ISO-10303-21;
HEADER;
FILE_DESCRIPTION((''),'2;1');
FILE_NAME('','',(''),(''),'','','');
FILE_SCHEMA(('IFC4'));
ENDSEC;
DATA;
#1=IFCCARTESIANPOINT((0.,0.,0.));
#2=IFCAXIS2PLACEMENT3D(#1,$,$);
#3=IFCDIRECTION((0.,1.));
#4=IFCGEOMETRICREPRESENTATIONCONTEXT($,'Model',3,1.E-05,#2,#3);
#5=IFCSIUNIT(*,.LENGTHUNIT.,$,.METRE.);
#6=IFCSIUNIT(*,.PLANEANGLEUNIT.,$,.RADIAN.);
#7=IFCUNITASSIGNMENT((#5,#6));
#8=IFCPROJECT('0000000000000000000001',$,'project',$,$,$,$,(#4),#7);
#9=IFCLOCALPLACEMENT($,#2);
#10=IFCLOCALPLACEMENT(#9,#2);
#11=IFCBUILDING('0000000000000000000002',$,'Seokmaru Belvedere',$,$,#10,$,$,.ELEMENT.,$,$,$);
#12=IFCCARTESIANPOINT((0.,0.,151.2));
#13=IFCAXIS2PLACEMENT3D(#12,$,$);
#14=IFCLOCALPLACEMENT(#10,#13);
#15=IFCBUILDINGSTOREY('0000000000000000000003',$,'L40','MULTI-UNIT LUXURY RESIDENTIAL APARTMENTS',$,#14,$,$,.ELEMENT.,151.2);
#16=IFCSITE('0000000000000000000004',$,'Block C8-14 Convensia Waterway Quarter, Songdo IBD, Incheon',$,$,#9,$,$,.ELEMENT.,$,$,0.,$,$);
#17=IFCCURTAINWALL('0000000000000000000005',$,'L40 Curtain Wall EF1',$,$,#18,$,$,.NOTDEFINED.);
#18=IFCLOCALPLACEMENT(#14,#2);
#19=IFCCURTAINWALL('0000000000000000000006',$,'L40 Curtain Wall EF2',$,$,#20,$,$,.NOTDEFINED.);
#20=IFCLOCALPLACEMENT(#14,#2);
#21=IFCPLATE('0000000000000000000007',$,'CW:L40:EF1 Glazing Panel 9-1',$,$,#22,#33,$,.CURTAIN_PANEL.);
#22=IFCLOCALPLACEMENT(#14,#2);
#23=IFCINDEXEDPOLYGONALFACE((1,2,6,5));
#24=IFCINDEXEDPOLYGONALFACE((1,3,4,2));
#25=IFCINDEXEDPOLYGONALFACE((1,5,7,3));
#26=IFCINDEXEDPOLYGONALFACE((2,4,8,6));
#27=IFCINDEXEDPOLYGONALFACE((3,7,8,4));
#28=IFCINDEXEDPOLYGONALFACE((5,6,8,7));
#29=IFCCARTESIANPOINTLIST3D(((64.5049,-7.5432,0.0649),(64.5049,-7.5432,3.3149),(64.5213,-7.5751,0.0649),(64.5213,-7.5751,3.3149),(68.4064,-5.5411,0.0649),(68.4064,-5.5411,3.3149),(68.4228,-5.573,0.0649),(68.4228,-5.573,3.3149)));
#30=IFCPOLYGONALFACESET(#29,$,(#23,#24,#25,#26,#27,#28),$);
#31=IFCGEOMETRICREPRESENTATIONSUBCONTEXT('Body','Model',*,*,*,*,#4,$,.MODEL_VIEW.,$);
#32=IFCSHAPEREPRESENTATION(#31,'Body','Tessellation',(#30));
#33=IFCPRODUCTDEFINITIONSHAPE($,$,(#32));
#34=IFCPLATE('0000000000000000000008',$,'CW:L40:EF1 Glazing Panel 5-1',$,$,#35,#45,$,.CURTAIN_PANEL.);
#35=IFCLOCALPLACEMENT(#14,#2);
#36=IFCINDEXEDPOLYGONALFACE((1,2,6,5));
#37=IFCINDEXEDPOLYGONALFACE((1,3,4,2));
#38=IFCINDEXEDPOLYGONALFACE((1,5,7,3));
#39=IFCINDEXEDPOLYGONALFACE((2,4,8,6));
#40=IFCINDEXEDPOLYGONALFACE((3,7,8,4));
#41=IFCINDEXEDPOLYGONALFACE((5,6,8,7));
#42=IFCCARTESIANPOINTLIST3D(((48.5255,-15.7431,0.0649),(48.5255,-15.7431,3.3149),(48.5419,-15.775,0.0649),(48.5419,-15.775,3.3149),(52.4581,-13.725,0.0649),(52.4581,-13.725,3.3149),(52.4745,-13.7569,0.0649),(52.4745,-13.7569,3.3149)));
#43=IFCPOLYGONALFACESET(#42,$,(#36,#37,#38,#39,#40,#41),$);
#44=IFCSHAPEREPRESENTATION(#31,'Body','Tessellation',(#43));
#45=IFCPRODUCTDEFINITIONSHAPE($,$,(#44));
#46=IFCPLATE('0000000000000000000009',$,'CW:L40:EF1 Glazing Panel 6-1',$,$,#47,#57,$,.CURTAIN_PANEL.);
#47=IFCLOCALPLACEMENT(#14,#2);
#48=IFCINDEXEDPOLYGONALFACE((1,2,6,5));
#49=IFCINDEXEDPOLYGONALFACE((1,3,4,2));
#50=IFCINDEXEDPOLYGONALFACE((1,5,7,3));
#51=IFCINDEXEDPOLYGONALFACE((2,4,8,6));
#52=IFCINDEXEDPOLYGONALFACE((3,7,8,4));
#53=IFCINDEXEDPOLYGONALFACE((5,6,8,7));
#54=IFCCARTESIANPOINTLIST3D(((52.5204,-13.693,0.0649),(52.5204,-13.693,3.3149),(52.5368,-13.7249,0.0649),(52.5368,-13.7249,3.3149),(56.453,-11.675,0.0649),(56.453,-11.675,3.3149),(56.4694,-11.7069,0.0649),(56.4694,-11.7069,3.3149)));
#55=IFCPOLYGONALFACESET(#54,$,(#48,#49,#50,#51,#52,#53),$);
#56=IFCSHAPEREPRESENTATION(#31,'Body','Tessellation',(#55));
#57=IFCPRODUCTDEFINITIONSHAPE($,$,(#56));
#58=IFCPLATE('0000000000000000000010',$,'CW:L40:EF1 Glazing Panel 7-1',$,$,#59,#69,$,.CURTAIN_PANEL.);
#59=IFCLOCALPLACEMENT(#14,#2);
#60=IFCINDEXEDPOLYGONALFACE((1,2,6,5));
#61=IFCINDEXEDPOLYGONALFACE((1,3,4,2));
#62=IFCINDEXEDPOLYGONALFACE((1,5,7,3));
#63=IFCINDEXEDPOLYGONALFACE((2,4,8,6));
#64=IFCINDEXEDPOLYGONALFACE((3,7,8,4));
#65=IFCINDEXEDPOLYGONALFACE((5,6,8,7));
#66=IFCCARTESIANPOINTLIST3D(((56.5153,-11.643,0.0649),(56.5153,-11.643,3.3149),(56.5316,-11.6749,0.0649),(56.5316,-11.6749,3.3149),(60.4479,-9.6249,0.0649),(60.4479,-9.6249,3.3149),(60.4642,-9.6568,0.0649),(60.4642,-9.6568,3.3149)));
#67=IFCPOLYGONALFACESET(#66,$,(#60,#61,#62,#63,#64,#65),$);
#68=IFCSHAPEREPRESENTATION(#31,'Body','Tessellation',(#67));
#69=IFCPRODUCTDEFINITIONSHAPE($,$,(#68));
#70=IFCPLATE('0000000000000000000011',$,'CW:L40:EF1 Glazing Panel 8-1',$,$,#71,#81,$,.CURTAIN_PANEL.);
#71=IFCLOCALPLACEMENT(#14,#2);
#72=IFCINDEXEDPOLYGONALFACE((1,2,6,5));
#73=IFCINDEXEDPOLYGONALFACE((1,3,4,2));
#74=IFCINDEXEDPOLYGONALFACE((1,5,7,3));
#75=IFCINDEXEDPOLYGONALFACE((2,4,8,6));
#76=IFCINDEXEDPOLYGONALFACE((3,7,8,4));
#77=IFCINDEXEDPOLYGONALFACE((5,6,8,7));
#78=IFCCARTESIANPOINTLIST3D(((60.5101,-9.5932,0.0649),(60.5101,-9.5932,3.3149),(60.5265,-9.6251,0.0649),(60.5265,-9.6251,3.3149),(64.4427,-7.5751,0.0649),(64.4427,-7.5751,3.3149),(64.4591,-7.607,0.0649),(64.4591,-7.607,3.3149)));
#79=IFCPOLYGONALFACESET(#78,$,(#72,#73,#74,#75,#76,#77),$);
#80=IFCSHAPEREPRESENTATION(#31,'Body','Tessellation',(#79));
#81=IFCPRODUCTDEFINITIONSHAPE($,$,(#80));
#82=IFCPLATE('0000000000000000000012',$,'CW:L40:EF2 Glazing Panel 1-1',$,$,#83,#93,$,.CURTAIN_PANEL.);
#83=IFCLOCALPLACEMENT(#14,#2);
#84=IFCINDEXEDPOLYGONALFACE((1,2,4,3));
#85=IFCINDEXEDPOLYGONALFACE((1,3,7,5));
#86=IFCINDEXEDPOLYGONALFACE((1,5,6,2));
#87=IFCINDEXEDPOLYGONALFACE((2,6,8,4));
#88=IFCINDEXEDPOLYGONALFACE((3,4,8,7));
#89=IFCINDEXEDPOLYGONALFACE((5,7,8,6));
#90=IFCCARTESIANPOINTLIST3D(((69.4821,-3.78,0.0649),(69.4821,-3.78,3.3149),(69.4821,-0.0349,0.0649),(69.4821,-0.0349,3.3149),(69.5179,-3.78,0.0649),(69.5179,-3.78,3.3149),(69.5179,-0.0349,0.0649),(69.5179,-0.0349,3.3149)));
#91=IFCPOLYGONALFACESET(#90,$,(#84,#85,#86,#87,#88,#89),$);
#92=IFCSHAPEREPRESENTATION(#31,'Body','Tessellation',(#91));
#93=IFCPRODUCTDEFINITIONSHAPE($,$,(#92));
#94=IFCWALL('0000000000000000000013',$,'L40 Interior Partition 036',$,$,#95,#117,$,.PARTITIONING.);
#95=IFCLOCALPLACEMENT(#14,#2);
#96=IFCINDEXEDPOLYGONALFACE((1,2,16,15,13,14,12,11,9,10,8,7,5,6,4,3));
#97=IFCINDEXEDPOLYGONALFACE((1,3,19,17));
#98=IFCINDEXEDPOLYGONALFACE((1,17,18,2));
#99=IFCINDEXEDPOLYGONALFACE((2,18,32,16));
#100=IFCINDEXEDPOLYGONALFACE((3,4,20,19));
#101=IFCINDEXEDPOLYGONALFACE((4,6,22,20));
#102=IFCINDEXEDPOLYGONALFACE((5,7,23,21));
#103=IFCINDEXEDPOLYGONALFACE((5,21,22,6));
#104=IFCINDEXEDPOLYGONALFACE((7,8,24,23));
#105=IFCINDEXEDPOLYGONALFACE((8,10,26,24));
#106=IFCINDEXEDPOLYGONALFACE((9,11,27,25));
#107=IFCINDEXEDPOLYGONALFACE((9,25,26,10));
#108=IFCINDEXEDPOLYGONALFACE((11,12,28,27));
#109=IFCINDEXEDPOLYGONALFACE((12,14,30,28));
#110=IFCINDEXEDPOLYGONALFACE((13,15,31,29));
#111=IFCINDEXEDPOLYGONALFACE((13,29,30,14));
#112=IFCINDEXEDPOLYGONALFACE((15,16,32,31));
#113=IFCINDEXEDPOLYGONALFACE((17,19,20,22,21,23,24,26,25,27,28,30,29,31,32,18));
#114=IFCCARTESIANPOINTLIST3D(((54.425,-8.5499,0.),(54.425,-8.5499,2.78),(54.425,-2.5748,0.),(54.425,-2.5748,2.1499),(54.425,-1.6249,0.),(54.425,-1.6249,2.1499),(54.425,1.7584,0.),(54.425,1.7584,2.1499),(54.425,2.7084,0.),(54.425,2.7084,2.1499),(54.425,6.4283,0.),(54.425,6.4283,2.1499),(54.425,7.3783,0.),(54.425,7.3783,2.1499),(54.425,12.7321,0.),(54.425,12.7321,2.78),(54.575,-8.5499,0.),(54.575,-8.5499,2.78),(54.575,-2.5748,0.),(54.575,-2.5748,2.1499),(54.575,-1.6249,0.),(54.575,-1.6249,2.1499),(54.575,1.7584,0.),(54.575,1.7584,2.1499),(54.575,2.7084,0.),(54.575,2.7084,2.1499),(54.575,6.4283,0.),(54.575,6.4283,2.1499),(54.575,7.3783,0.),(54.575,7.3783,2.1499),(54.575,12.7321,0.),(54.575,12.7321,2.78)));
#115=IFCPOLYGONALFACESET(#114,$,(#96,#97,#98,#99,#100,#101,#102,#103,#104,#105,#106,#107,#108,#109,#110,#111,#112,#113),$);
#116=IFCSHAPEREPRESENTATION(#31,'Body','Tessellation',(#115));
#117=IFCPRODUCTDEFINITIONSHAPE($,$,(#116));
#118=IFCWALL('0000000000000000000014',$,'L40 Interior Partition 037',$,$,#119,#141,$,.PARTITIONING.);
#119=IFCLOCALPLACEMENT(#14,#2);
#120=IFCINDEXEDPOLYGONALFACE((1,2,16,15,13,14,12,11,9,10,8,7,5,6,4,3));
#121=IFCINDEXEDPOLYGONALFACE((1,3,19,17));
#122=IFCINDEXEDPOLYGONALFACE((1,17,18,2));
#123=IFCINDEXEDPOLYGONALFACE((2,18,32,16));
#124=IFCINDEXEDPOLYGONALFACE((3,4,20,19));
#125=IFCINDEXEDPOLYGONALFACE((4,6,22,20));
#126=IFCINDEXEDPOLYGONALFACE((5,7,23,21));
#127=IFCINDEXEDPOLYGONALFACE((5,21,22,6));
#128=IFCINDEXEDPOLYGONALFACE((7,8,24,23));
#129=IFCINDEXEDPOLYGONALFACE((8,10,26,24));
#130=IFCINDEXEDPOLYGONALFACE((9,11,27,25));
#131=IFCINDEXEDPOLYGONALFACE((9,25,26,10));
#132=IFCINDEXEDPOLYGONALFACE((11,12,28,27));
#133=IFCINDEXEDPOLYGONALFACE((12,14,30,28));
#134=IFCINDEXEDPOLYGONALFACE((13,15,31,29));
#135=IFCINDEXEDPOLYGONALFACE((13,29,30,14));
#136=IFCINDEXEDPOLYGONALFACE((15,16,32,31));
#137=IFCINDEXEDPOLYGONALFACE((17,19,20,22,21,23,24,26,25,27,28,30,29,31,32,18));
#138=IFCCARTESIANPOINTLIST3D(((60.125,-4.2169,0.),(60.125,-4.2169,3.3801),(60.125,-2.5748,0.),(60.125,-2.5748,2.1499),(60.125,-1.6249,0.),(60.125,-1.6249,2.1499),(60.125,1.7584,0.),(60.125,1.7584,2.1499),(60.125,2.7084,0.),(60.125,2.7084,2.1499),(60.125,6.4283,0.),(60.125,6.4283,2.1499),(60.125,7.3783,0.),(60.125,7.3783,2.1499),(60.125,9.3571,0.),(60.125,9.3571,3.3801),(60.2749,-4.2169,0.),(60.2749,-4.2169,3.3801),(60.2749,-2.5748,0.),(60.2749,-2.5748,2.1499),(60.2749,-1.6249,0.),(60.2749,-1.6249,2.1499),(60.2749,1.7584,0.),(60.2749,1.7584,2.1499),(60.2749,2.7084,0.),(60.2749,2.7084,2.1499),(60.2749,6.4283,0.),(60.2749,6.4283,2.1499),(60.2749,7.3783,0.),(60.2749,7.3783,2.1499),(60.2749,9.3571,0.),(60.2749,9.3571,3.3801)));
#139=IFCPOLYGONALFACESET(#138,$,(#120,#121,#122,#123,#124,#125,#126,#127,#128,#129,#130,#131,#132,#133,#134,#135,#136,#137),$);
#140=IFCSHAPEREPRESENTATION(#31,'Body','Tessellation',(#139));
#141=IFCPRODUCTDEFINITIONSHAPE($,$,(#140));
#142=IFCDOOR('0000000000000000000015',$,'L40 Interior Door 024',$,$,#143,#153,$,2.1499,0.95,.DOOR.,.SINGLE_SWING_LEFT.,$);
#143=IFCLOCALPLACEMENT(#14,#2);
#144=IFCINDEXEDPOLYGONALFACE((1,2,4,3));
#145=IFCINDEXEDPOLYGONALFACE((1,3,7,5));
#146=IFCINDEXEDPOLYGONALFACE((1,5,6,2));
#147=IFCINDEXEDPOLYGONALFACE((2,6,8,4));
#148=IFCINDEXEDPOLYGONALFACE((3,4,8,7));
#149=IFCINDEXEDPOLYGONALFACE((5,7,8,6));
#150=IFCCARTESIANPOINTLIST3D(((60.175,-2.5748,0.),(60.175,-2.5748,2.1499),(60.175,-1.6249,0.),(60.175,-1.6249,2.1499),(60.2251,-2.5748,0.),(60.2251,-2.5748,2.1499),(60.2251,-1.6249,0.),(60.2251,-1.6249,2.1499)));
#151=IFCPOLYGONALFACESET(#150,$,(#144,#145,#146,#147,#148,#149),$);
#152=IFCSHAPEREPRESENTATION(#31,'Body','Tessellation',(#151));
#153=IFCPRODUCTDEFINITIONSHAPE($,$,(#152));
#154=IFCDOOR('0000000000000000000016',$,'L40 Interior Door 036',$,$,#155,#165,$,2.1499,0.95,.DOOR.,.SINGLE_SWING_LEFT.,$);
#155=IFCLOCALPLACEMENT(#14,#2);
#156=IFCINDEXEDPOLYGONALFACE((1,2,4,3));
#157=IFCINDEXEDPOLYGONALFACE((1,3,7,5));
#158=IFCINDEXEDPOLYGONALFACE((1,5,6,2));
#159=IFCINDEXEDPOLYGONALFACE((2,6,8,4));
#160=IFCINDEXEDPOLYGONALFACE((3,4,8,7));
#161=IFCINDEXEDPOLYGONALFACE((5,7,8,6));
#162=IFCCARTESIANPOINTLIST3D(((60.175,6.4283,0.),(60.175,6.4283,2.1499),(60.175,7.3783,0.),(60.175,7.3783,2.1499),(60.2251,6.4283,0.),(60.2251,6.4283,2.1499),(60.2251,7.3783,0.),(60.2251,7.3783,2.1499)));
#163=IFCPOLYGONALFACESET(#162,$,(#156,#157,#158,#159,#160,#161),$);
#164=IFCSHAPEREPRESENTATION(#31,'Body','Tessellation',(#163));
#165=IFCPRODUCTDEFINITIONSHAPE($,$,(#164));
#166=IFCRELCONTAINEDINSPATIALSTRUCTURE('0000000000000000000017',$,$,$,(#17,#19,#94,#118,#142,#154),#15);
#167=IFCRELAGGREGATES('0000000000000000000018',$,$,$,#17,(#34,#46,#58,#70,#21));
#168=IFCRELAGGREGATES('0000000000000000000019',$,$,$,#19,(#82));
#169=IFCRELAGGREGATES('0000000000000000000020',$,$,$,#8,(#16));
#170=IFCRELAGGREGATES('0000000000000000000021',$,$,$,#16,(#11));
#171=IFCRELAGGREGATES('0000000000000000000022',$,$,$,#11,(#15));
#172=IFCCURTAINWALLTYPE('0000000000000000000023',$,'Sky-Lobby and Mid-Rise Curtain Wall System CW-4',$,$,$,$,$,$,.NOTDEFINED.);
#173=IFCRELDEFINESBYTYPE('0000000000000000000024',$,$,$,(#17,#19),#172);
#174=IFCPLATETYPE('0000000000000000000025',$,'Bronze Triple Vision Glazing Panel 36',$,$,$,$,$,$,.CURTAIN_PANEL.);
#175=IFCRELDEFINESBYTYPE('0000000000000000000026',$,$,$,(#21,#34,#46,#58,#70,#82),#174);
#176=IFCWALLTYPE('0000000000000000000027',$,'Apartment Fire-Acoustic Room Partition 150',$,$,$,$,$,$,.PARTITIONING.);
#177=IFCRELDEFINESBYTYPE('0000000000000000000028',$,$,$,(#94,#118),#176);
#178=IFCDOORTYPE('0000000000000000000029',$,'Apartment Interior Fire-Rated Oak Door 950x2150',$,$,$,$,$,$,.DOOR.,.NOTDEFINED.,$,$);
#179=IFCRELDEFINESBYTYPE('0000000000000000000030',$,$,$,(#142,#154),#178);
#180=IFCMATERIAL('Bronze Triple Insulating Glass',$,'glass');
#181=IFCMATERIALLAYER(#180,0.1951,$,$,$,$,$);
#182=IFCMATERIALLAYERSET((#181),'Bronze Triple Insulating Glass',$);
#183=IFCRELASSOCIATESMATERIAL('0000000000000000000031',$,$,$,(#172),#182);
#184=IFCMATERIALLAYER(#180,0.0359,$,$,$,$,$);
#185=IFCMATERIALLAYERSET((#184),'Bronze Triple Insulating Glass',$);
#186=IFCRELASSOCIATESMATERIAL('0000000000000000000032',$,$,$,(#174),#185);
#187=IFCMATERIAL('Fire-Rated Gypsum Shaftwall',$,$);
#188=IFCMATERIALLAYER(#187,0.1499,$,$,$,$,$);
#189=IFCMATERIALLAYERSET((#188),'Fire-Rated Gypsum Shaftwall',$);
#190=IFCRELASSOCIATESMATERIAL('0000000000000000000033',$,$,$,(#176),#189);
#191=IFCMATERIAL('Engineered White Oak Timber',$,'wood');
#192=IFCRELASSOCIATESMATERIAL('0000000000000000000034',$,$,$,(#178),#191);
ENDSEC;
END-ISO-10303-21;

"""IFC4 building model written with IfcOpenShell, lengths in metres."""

from ifc_helpers import new_model, si_unit, direction, frame, frame_2d, origin, origin_2d, place, context, subcontext, project, spatial, rectangle, extrude, source, transform, mapped, material, layer, layer_set, type_object, type_shapes, element, fill, aggregate, save


model = new_model("IFC4")

# Units and contexts
model_context = context("Model", 3, precision=1e-05, world=origin(), true_north=direction((0.0, 1.0)))
body_context = subcontext(model_context, "Body", "Model", "MODEL_VIEW")
ifc_project = project(units=[si_unit("LENGTHUNIT", "METRE"), si_unit("PLANEANGLEUNIT", "RADIAN")], contexts=[model_context])

# Site, building, storey
site_placement = place(None, origin())
site = spatial("IfcSite", under=ifc_project, at=site_placement, Name="Block C8-14 Convensia Waterway Quarter, Songdo IBD, Incheon", CompositionType="ELEMENT", RefElevation=0.0)
building_placement = place(site_placement, origin())
building = spatial("IfcBuilding", under=site, at=building_placement, Name="Seokmaru Belvedere", CompositionType="ELEMENT")
storey_placement = place(building_placement, frame((0.0, 0.0, 151.2)))
storey = spatial("IfcBuildingStorey", under=building, at=storey_placement, Name="L40", Description="MULTI-UNIT LUXURY RESIDENTIAL APARTMENTS", CompositionType="ELEMENT", Elevation=151.2)

# Curtain walls
ifc_material_1 = material(Name="Bronze Triple Insulating Glass", Category="glass")
ifc_layer_1 = layer(ifc_material_1, 0.1951)
ifc_layer_set_1 = layer_set([ifc_layer_1], Name="Bronze Triple Insulating Glass")
curtain_wall_type = type_object("IfcCurtainWallType", Name="Sky-Lobby and Mid-Rise Curtain Wall System CW-4", PredefinedType="NOTDEFINED", material=ifc_layer_set_1)
curtain_wall_1_placement = place(storey_placement, origin())
curtain_wall_1 = element("IfcCurtainWall", 1, at=curtain_wall_1_placement, inside=storey, type_object=curtain_wall_type, Name="L40 Curtain Wall EF1", PredefinedType="NOTDEFINED")
curtain_wall_2_placement = place(storey_placement, origin())
curtain_wall_2 = element("IfcCurtainWall", 2, at=curtain_wall_2_placement, inside=storey, type_object=curtain_wall_type, Name="L40 Curtain Wall EF2", PredefinedType="NOTDEFINED")

# Plates
ifc_layer_2 = layer(ifc_material_1, 0.0359)
ifc_layer_set_2 = layer_set([ifc_layer_2], Name="Bronze Triple Insulating Glass")
plate_type = type_object("IfcPlateType", Name="Bronze Triple Vision Glazing Panel 36", PredefinedType="CURTAIN_PANEL", material=ifc_layer_set_2)
shared_shape_1 = source(origin(), body_context, "Body", "SweptSolid", [
    extrude(rectangle(XDim=4.3853, YDim=0.0359, at=origin_2d()), origin(), (0.0, 0.0, 1.0), 3.25),
])
plate_1_placement = place(storey_placement, frame((66.4639, -6.5581, 0.0649), z_axis=(0.0, 0.0, 1.0), x_axis=(0.889695, 0.456555, 0.0)))
plate_1 = element("IfcPlate", 3, at=plate_1_placement, type_object=plate_type, Name="CW:L40:EF1 Glazing Panel 9-1", PredefinedType="CURTAIN_PANEL", context=body_context, shape_type="MappedRepresentation", body=[
    mapped(shared_shape_1, transform((0.0, 0.0, 0.0), scale=1.0)),
])
shared_shape_2 = source(origin(), body_context, "Body", "SweptSolid", [
    extrude(rectangle(XDim=4.4202, YDim=0.0359, at=origin_2d()), origin(), (0.0, 0.0, 1.0), 3.25),
])
plate_2_placement = place(storey_placement, frame((50.5, -14.75, 0.0649), z_axis=(0.0, 0.0, 1.0), x_axis=(0.889695, 0.456555, 0.0)))
plate_2 = element("IfcPlate", 4, at=plate_2_placement, type_object=plate_type, Name="CW:L40:EF1 Glazing Panel 5-1", PredefinedType="CURTAIN_PANEL", context=body_context, shape_type="MappedRepresentation", body=[
    mapped(shared_shape_2, transform((0.0, 0.0, 0.0), scale=1.0)),
])
plate_3_placement = place(storey_placement, frame((54.4949, -12.7, 0.0649), z_axis=(0.0, 0.0, 1.0), x_axis=(0.889695, 0.456555, 0.0)))
plate_3 = element("IfcPlate", 5, at=plate_3_placement, type_object=plate_type, Name="CW:L40:EF1 Glazing Panel 6-1", PredefinedType="CURTAIN_PANEL", context=body_context, shape_type="MappedRepresentation", body=[
    mapped(shared_shape_2, transform((0.0, 0.0, 0.0), scale=1.0)),
])
plate_4_placement = place(storey_placement, frame((58.4897, -10.6499, 0.0649), z_axis=(0.0, 0.0, 1.0), x_axis=(0.889695, 0.456555, 0.0)))
plate_4 = element("IfcPlate", 6, at=plate_4_placement, type_object=plate_type, Name="CW:L40:EF1 Glazing Panel 7-1", PredefinedType="CURTAIN_PANEL", context=body_context, shape_type="MappedRepresentation", body=[
    mapped(shared_shape_2, transform((0.0, 0.0, 0.0), scale=1.0)),
])
plate_5_placement = place(storey_placement, frame((62.4846, -8.6001, 0.0649), z_axis=(0.0, 0.0, 1.0), x_axis=(0.889695, 0.456555, 0.0)))
plate_5 = element("IfcPlate", 7, at=plate_5_placement, type_object=plate_type, Name="CW:L40:EF1 Glazing Panel 8-1", PredefinedType="CURTAIN_PANEL", context=body_context, shape_type="MappedRepresentation", body=[
    mapped(shared_shape_2, transform((0.0, 0.0, 0.0), scale=1.0)),
])
aggregate(curtain_wall_1, [plate_2, plate_3, plate_4, plate_5, plate_1])
shared_shape_3 = source(origin(), body_context, "Body", "SweptSolid", [
    extrude(rectangle(XDim=3.7451, YDim=0.0359, at=origin_2d()), origin(), (0.0, 0.0, 1.0), 3.25),
])
type_shapes(plate_type, [shared_shape_1, shared_shape_2, shared_shape_3])
plate_6_placement = place(storey_placement, frame((69.5, -1.9075, 0.0649), z_axis=(0.0, 0.0, 1.0), x_axis=(0.0, 1.0, 0.0)))
plate_6 = element("IfcPlate", 8, at=plate_6_placement, type_object=plate_type, Name="CW:L40:EF2 Glazing Panel 1-1", PredefinedType="CURTAIN_PANEL", context=body_context, shape_type="MappedRepresentation", body=[
    mapped(shared_shape_3, transform((0.0, 0.0, 0.0), scale=1.0)),
])
aggregate(curtain_wall_2, [plate_6])

# Wall, openings
ifc_material_2 = material(Name="Fire-Rated Gypsum Shaftwall")
ifc_layer_3 = layer(ifc_material_2, 0.1499)
ifc_layer_set_3 = layer_set([ifc_layer_3], Name="Fire-Rated Gypsum Shaftwall")
wall_type_1 = type_object("IfcWallType", Name="Apartment Fire-Acoustic Room Partition 150", PredefinedType="PARTITIONING", material=ifc_layer_set_3)
wall_1_placement = place(storey_placement, frame((54.5, -8.55, 0.0), z_axis=(0.0, 0.0, 1.0), x_axis=(0.0, 1.0, 0.0)))
wall_1 = element("IfcWall", 9, at=wall_1_placement, inside=storey, type_object=wall_type_1, Name="L40 Interior Partition 036", PredefinedType="PARTITIONING", context=body_context, shape_type="SweptSolid", body=[
    extrude(rectangle(XDim=21.282, YDim=0.1499, at=frame_2d((10.6411, 0.0))), origin(), (0.0, 0.0, 1.0), 2.78),
])
opening_1_placement = place(wall_1_placement, frame((5.9751, 0.0, 0.0)))
element("IfcOpeningElement", 10, at=opening_1_placement, cuts=wall_1, PredefinedType="OPENING", context=body_context, shape_type="SweptSolid", body=[
    extrude(rectangle(XDim=0.95, YDim=2.1499, at=frame_2d((0.4751, 1.075))), frame((0.0, 0.085, 0.0), z_axis=(0.0, -1.0, 0.0), x_axis=(1.0, 0.0, 0.0)), (0.0, 0.0, 1.0), 0.1699),
])
opening_2_placement = place(wall_1_placement, frame((10.3083, 0.0, 0.0)))
element("IfcOpeningElement", 11, at=opening_2_placement, cuts=wall_1, PredefinedType="OPENING", context=body_context, shape_type="SweptSolid", body=[
    extrude(rectangle(XDim=0.95, YDim=2.1499, at=frame_2d((0.4751, 1.075))), frame((0.0, 0.085, 0.0), z_axis=(0.0, -1.0, 0.0), x_axis=(1.0, 0.0, 0.0)), (0.0, 0.0, 1.0), 0.1699),
])
opening_3_placement = place(wall_1_placement, frame((14.9783, 0.0, 0.0)))
element("IfcOpeningElement", 12, at=opening_3_placement, cuts=wall_1, PredefinedType="OPENING", context=body_context, shape_type="SweptSolid", body=[
    extrude(rectangle(XDim=0.95, YDim=2.1499, at=frame_2d((0.4751, 1.075))), frame((0.0, 0.085, 0.0), z_axis=(0.0, -1.0, 0.0), x_axis=(1.0, 0.0, 0.0)), (0.0, 0.0, 1.0), 0.1699),
])

# Wall, openings, doors
wall_2_placement = place(storey_placement, frame((60.2, -4.217, 0.0), z_axis=(0.0, 0.0, 1.0), x_axis=(0.0, 1.0, 0.0)))
wall_2 = element("IfcWall", 13, at=wall_2_placement, inside=storey, type_object=wall_type_1, Name="L40 Interior Partition 037", PredefinedType="PARTITIONING", context=body_context, shape_type="SweptSolid", body=[
    extrude(rectangle(XDim=13.574, YDim=0.1499, at=frame_2d((6.7871, 0.0))), origin(), (0.0, 0.0, 1.0), 3.3801),
])
opening_4_placement = place(wall_2_placement, frame((1.6421, 0.0, 0.0)))
opening_4 = element("IfcOpeningElement", 14, at=opening_4_placement, cuts=wall_2, PredefinedType="OPENING", context=body_context, shape_type="SweptSolid", body=[
    extrude(rectangle(XDim=0.95, YDim=2.1499, at=frame_2d((0.4751, 1.075))), frame((0.0, 0.085, 0.0), z_axis=(0.0, -1.0, 0.0), x_axis=(1.0, 0.0, 0.0)), (0.0, 0.0, 1.0), 0.1699),
])
opening_5_placement = place(wall_2_placement, frame((5.9753, 0.0, 0.0)))
element("IfcOpeningElement", 15, at=opening_5_placement, cuts=wall_2, PredefinedType="OPENING", context=body_context, shape_type="SweptSolid", body=[
    extrude(rectangle(XDim=0.95, YDim=2.1499, at=frame_2d((0.4751, 1.075))), frame((0.0, 0.085, 0.0), z_axis=(0.0, -1.0, 0.0), x_axis=(1.0, 0.0, 0.0)), (0.0, 0.0, 1.0), 0.1699),
])
opening_6_placement = place(wall_2_placement, frame((10.6453, 0.0, 0.0)))
opening_6 = element("IfcOpeningElement", 16, at=opening_6_placement, cuts=wall_2, PredefinedType="OPENING", context=body_context, shape_type="SweptSolid", body=[
    extrude(rectangle(XDim=0.95, YDim=2.1499, at=frame_2d((0.4751, 1.075))), frame((0.0, 0.085, 0.0), z_axis=(0.0, -1.0, 0.0), x_axis=(1.0, 0.0, 0.0)), (0.0, 0.0, 1.0), 0.1699),
])
ifc_material_3 = material(Name="Engineered White Oak Timber", Category="wood")
door_type = type_object("IfcDoorType", Name="Apartment Interior Fire-Rated Oak Door 950x2150", OperationType="NOTDEFINED", PredefinedType="DOOR", material=ifc_material_3)
shared_shape_4 = source(origin(), body_context, "Body", "SweptSolid", [
    extrude(rectangle(XDim=0.95, YDim=2.1499, at=frame_2d((0.4751, 1.075))), frame((0.0, 0.0249, 0.0), z_axis=(0.0, -1.0, 0.0), x_axis=(1.0, 0.0, 0.0)), (0.0, 0.0, 1.0), 0.05),
])
type_shapes(door_type, [shared_shape_4])
door_1_placement = place(opening_4_placement, origin())
door_1 = element("IfcDoor", 17, at=door_1_placement, inside=storey, type_object=door_type, Name="L40 Interior Door 024", OperationType="SINGLE_SWING_LEFT", OverallHeight=2.1499, OverallWidth=0.95, PredefinedType="DOOR", context=body_context, shape_type="MappedRepresentation", body=[
    mapped(shared_shape_4, transform((0.0, 0.0, 0.0), scale=1.0)),
])
fill(opening_4, door_1)
door_2_placement = place(opening_6_placement, origin())
door_2 = element("IfcDoor", 18, at=door_2_placement, inside=storey, type_object=door_type, Name="L40 Interior Door 036", OperationType="SINGLE_SWING_LEFT", OverallHeight=2.1499, OverallWidth=0.95, PredefinedType="DOOR", context=body_context, shape_type="MappedRepresentation", body=[
    mapped(shared_shape_4, transform((0.0, 0.0, 0.0), scale=1.0)),
])
fill(opening_6, door_2)

save(model, "model.ifc")
